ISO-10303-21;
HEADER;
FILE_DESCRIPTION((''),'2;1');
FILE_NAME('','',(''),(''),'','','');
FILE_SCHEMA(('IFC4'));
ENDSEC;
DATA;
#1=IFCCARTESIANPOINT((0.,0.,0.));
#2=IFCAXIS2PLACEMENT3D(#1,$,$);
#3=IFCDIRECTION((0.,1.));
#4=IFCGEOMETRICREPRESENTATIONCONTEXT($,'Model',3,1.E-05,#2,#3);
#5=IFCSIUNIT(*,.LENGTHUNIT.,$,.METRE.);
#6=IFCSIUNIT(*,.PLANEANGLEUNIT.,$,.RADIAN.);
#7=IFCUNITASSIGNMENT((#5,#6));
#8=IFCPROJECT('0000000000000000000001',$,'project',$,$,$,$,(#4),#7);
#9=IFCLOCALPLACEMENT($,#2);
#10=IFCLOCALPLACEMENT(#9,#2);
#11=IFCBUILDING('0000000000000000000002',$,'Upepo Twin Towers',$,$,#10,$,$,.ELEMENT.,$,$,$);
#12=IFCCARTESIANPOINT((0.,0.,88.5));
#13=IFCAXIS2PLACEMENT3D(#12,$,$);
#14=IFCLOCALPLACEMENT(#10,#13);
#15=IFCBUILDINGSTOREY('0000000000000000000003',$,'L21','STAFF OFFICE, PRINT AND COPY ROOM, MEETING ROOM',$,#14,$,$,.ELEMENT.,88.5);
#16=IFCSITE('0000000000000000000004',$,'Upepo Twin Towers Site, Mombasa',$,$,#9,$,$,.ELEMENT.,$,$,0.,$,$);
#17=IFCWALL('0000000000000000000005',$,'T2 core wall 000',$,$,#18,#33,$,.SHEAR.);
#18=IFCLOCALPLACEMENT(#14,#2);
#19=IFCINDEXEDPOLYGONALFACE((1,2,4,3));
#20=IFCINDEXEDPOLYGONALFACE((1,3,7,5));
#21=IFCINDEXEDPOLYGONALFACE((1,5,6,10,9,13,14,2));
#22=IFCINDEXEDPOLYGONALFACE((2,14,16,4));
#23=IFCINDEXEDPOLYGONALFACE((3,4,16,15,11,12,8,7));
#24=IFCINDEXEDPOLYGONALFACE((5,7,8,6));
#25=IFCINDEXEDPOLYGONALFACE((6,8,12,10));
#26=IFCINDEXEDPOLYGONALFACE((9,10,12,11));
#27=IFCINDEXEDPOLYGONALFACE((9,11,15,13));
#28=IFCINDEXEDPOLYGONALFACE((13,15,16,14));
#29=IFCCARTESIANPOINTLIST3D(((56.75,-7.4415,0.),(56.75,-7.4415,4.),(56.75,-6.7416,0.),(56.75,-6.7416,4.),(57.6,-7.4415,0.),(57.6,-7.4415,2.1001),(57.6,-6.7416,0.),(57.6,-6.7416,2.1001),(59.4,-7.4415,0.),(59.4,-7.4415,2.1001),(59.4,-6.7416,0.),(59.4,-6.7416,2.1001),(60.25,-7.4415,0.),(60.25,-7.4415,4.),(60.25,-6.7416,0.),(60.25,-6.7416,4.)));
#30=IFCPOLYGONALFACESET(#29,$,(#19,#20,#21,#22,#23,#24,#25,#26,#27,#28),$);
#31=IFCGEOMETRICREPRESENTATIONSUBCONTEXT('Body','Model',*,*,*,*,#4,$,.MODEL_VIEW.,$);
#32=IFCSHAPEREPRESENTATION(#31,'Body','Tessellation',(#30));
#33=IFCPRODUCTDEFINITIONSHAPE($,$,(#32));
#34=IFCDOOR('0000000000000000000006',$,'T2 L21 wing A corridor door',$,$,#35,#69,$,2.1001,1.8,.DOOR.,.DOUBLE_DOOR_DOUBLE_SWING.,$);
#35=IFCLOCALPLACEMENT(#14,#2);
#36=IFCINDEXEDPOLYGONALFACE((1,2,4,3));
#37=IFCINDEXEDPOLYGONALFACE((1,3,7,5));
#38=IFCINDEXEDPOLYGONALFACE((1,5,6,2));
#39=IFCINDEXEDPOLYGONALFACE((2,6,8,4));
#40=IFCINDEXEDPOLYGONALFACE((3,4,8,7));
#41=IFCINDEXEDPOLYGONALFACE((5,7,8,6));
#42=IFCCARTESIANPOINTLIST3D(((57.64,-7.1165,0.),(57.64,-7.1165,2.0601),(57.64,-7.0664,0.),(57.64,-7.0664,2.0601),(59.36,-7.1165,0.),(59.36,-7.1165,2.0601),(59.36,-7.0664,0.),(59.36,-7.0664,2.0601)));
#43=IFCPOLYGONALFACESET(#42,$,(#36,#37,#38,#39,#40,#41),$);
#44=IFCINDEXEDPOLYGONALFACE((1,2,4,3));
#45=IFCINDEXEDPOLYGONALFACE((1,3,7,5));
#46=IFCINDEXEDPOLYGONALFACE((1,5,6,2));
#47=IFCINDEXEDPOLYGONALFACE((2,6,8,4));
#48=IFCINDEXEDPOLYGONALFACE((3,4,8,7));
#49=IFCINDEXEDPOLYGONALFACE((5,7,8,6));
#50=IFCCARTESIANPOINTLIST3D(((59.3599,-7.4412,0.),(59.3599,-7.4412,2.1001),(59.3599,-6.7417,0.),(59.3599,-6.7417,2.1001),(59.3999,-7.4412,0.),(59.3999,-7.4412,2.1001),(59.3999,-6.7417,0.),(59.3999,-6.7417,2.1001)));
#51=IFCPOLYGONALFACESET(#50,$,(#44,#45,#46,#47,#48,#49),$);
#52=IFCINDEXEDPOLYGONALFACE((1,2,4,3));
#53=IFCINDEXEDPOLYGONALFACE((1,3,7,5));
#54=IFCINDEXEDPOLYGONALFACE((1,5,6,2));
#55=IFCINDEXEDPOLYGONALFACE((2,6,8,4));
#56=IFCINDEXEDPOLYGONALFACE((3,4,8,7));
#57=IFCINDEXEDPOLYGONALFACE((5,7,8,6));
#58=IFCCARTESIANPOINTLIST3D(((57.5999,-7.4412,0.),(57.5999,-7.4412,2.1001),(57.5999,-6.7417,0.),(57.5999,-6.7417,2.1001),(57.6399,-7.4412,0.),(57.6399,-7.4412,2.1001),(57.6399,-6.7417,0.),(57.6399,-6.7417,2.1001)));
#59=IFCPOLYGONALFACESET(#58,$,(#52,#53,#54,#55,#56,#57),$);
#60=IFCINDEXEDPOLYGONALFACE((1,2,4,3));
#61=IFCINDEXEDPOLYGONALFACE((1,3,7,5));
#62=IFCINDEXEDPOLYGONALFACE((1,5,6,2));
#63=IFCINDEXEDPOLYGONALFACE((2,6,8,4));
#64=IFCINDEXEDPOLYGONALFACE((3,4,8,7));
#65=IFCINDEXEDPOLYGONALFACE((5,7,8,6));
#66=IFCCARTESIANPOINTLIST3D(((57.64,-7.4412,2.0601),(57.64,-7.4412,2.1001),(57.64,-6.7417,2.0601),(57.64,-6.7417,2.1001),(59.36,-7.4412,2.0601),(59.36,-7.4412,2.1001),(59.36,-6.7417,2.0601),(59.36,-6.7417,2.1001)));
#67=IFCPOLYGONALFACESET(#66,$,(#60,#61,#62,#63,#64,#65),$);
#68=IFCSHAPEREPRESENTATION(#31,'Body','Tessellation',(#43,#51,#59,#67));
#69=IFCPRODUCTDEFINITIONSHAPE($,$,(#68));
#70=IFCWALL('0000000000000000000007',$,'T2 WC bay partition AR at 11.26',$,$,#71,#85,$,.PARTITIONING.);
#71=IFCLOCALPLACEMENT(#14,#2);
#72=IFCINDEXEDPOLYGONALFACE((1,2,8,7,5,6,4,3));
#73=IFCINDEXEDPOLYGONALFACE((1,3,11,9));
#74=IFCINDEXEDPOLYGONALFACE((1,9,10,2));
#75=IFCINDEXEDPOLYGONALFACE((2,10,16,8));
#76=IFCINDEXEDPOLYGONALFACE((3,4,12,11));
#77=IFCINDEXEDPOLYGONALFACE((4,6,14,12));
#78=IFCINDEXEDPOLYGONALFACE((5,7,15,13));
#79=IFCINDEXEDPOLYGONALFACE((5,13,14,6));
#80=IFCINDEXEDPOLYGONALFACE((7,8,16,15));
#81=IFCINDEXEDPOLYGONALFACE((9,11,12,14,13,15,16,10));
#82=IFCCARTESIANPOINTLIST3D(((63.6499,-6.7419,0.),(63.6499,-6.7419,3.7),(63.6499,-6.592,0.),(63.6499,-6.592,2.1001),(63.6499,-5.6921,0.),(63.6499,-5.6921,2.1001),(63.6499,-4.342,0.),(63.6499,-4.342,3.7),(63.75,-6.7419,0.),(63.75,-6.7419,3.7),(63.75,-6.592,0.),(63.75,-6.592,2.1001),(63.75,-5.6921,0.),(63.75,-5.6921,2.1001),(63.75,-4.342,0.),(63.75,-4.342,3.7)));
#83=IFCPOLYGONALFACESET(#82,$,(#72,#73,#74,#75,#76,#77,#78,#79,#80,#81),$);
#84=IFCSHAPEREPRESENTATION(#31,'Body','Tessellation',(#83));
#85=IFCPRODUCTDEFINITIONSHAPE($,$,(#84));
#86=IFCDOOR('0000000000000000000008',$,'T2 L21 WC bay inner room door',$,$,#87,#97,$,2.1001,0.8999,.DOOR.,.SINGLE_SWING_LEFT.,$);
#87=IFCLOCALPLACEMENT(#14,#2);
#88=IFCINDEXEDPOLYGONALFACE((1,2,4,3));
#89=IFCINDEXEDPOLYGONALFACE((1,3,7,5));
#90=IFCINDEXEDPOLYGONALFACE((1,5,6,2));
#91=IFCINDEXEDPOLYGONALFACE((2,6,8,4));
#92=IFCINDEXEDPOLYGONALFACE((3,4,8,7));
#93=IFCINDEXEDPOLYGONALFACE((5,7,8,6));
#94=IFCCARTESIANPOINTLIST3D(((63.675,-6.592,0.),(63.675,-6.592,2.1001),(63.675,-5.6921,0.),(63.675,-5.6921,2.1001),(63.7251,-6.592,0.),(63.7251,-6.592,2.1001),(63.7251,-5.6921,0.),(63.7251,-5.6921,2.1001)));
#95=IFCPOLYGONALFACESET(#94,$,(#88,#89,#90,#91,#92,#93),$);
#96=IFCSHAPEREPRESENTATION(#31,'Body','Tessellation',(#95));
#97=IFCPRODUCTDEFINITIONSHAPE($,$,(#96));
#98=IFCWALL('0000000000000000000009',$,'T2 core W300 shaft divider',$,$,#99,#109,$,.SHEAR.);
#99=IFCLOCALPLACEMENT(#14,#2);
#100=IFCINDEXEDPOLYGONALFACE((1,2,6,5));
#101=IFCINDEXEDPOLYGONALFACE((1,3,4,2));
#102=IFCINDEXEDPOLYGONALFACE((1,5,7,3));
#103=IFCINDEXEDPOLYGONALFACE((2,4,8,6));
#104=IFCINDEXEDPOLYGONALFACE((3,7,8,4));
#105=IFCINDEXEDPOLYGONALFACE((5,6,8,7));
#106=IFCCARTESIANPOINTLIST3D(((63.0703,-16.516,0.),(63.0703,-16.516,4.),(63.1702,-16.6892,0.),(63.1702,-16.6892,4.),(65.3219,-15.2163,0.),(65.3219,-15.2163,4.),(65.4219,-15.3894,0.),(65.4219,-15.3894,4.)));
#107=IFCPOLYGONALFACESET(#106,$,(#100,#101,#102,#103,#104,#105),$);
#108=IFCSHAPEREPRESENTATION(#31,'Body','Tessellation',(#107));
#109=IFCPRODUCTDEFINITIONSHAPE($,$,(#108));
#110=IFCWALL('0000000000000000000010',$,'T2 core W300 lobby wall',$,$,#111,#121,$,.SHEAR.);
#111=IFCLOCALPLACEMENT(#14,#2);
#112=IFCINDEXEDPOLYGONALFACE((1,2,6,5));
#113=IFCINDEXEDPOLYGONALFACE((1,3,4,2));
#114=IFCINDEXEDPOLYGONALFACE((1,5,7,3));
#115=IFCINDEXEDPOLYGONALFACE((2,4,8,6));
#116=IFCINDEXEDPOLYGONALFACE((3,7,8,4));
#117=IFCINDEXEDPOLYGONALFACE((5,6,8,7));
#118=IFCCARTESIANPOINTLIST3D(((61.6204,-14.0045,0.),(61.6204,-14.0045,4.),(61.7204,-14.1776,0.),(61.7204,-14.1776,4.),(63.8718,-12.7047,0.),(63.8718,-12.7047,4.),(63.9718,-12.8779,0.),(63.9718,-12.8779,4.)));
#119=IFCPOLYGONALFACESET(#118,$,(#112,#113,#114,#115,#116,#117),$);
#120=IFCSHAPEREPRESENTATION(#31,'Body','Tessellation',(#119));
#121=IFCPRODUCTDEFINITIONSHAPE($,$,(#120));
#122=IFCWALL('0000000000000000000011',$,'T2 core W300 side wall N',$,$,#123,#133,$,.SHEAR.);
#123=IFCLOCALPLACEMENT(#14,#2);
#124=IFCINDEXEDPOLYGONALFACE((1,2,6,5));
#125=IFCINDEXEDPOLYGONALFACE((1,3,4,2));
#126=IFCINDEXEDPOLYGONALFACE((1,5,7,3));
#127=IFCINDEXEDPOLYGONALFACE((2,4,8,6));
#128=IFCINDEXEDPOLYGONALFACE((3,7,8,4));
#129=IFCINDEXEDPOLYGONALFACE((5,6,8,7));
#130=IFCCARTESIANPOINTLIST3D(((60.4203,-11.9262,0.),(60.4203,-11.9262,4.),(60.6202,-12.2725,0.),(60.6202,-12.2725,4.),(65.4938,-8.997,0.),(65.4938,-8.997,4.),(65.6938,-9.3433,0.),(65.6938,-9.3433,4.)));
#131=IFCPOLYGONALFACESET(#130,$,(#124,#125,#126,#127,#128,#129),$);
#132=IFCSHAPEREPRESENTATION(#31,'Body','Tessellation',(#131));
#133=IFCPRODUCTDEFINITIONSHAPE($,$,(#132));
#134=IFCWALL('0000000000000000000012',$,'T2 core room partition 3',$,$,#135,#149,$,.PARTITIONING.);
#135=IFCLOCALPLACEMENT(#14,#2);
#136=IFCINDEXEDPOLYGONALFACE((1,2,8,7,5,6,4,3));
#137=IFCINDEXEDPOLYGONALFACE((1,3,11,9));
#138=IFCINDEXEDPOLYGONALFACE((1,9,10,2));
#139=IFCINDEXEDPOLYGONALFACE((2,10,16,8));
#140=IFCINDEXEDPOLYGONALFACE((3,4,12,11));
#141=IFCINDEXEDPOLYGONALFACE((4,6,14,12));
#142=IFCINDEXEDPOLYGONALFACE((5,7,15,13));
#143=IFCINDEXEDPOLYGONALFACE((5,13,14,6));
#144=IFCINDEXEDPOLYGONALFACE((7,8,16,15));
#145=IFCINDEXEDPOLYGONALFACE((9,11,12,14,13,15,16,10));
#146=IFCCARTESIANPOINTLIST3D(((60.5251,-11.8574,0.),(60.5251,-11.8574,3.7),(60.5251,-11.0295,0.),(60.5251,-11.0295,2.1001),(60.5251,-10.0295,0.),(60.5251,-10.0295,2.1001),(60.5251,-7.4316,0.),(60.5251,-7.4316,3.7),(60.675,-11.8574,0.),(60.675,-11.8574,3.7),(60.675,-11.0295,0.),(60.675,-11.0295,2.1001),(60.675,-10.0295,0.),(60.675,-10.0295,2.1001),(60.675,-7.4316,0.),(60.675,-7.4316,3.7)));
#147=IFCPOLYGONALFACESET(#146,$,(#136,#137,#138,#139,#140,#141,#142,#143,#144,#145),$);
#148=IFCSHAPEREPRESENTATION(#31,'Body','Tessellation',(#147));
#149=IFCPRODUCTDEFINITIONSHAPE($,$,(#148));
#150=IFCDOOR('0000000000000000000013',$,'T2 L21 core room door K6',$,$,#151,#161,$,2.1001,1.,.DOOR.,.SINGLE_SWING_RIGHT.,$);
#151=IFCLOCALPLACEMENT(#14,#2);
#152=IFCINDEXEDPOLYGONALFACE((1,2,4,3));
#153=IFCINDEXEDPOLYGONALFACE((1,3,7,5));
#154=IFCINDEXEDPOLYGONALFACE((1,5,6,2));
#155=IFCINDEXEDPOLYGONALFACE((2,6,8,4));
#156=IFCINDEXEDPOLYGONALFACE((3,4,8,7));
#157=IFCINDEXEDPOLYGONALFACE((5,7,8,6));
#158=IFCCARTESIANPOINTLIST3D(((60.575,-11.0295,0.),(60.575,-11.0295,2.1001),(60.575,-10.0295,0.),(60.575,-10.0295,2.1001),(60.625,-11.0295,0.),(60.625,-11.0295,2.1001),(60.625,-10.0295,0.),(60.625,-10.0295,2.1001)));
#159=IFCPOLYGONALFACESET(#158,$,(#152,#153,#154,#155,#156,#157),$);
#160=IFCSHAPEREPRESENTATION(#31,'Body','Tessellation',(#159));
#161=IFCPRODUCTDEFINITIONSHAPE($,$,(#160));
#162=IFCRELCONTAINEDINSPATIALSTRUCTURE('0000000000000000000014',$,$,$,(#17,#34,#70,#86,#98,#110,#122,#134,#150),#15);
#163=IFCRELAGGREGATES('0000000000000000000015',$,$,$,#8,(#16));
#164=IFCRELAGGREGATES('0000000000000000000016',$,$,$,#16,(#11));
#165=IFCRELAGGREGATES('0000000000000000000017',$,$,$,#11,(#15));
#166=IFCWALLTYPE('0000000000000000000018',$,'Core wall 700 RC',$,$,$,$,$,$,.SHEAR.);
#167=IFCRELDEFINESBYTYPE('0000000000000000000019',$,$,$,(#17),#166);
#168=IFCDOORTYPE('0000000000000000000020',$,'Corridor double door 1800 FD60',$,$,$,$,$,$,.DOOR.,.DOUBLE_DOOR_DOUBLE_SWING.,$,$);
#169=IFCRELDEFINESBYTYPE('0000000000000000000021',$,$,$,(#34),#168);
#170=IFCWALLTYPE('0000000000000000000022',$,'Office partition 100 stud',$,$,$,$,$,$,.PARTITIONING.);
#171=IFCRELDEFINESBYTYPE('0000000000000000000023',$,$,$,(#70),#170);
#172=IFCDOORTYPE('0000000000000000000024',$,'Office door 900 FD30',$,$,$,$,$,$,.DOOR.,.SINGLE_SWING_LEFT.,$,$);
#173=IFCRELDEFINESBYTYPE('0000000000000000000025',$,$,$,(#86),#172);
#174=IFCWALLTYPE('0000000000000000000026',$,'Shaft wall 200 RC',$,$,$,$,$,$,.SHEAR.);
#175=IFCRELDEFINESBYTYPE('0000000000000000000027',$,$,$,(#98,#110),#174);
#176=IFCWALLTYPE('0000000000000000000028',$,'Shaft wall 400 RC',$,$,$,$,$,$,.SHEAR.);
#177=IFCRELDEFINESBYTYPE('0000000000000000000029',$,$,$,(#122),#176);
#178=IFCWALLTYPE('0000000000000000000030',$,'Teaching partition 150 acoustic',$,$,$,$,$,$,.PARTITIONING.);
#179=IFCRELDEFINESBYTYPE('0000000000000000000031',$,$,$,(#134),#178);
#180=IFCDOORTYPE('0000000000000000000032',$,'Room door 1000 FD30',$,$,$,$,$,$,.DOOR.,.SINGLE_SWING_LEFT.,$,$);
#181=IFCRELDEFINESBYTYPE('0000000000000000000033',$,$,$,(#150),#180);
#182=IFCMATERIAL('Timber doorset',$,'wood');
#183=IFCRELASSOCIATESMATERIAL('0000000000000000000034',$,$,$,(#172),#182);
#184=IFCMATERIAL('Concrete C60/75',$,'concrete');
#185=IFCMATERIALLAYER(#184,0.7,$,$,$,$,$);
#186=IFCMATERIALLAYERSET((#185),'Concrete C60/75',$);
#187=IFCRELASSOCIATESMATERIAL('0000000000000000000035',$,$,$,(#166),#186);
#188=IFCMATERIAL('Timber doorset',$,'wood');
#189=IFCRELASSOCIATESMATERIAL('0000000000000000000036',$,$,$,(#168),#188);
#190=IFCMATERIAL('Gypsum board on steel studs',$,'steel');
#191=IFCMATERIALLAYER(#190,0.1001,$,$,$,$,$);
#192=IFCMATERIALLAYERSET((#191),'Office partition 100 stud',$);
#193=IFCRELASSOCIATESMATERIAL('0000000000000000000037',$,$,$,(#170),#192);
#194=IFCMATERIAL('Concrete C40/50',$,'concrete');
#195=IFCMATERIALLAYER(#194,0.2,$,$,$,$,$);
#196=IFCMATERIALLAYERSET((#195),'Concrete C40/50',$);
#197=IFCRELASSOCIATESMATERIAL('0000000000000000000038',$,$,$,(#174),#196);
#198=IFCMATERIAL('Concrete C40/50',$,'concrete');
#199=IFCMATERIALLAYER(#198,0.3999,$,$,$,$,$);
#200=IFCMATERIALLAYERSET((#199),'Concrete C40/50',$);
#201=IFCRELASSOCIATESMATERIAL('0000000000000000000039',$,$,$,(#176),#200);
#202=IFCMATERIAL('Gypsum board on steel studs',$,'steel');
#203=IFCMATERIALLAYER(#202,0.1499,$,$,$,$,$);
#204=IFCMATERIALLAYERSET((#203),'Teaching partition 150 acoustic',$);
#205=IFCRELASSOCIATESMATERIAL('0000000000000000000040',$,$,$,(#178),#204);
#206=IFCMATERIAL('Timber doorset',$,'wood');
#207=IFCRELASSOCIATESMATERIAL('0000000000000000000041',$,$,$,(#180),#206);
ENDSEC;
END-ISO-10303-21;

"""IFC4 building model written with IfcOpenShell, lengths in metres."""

from ifc_helpers import new_model, si_unit, direction, frame, frame_2d, origin, place, context, subcontext, project, spatial, rectangle, extrude, material, layer, layer_set, type_object, element, fill, save


model = new_model("IFC4")

# Units and contexts
model_context = context("Model", 3, precision=1e-05, world=origin(), true_north=direction((0.0, 1.0)))
body_context = subcontext(model_context, "Body", "Model", "MODEL_VIEW")
ifc_project = project(units=[si_unit("LENGTHUNIT", "METRE"), si_unit("PLANEANGLEUNIT", "RADIAN")], contexts=[model_context])

# Site, building, storey
site_placement = place(None, origin())
site = spatial("IfcSite", under=ifc_project, at=site_placement, Name="Upepo Twin Towers Site, Mombasa", CompositionType="ELEMENT", RefElevation=0.0)
building_placement = place(site_placement, origin())
building = spatial("IfcBuilding", under=site, at=building_placement, Name="Upepo Twin Towers", CompositionType="ELEMENT")
storey_placement = place(building_placement, frame((0.0, 0.0, 88.5)))
storey = spatial("IfcBuildingStorey", under=building, at=storey_placement, Name="L21", Description="STAFF OFFICE, PRINT AND COPY ROOM, MEETING ROOM", CompositionType="ELEMENT", Elevation=88.5)

# Shared definitions
ifc_material_1 = material(Name="Timber doorset", Category="wood")
door_type_1 = type_object("IfcDoorType", Name="Office door 900 FD30", OperationType="SINGLE_SWING_LEFT", PredefinedType="DOOR", material=ifc_material_1)

# Shared definitions
ifc_material_2 = material(Name="Concrete C60/75", Category="concrete")
ifc_layer_1 = layer(ifc_material_2, 0.7)
ifc_layer_set_1 = layer_set([ifc_layer_1], Name="Concrete C60/75")
wall_type_1 = type_object("IfcWallType", Name="Core wall 700 RC", PredefinedType="SHEAR", material=ifc_layer_set_1)

# Walls, openings, doors
wall_1_placement = place(storey_placement, frame((60.25, -7.0916, 0.0), z_axis=(0.0, 0.0, 1.0), x_axis=(-1.0, 0.0, 0.0)))
wall_1 = element("IfcWall", 1, at=wall_1_placement, inside=storey, type_object=wall_type_1, Name="T2 core wall 000", PredefinedType="SHEAR", context=body_context, shape_type="SweptSolid", body=[
    extrude(rectangle(XDim=3.5, YDim=0.7, at=frame_2d((1.75, 0.0))), origin(), (0.0, 0.0, 1.0), 4.0),
])
opening_1_placement = place(wall_1_placement, frame((0.8501, 0.0, 0.0)))
opening_1 = element("IfcOpeningElement", 2, at=opening_1_placement, cuts=wall_1, PredefinedType="OPENING", context=body_context, shape_type="SweptSolid", body=[
    extrude(rectangle(XDim=1.8, YDim=2.1001, at=frame_2d((0.8999, 1.05))), frame((0.0, 0.3599, 0.0), z_axis=(0.0, -1.0, 0.0), x_axis=(1.0, 0.0, 0.0)), (0.0, 0.0, 1.0), 0.72),
])
ifc_material_3 = material(Name="Timber doorset", Category="wood")
door_type_2 = type_object("IfcDoorType", Name="Corridor double door 1800 FD60", OperationType="DOUBLE_DOOR_DOUBLE_SWING", PredefinedType="DOOR", material=ifc_material_3)
door_1_placement = place(opening_1_placement, origin())
door_1 = element("IfcDoor", 3, at=door_1_placement, inside=storey, type_object=door_type_2, Name="T2 L21 wing A corridor door", OperationType="DOUBLE_DOOR_DOUBLE_SWING", OverallHeight=2.1001, OverallWidth=1.8, PredefinedType="DOOR", context=body_context, shape_type="SweptSolid", body=[
    extrude(rectangle(XDim=1.72, YDim=2.0601, at=frame_2d((0.8999, 1.03))), frame((0.0, 0.0249, 0.0), z_axis=(0.0, -1.0, 0.0), x_axis=(1.0, 0.0, 0.0)), (0.0, 0.0, 1.0), 0.05),
    extrude(rectangle(XDim=0.04, YDim=2.1001, at=frame_2d((0.02, 1.05))), frame((0.0, 0.3496, 0.0), z_axis=(0.0, -1.0, 0.0), x_axis=(1.0, 0.0, 0.0)), (0.0, 0.0, 1.0), 0.6995),
    extrude(rectangle(XDim=0.04, YDim=2.1001, at=frame_2d((1.78, 1.05))), frame((0.0, 0.3496, 0.0), z_axis=(0.0, -1.0, 0.0), x_axis=(1.0, 0.0, 0.0)), (0.0, 0.0, 1.0), 0.6995),
    extrude(rectangle(XDim=1.72, YDim=0.04, at=frame_2d((0.8999, 2.0801))), frame((0.0, 0.3496, 0.0), z_axis=(0.0, -1.0, 0.0), x_axis=(1.0, 0.0, 0.0)), (0.0, 0.0, 1.0), 0.6995),
])
fill(opening_1, door_1)
ifc_material_4 = material(Name="Gypsum board on steel studs", Category="steel")
ifc_layer_2 = layer(ifc_material_4, 0.1001)
ifc_layer_set_2 = layer_set([ifc_layer_2], Name="Office partition 100 stud")
wall_type_2 = type_object("IfcWallType", Name="Office partition 100 stud", PredefinedType="PARTITIONING", material=ifc_layer_set_2)
wall_2_placement = place(storey_placement, frame((63.7, -6.7419, 0.0), z_axis=(0.0, 0.0, 1.0), x_axis=(0.0, 1.0, 0.0)))
wall_2 = element("IfcWall", 4, at=wall_2_placement, inside=storey, type_object=wall_type_2, Name="T2 WC bay partition AR at 11.26", PredefinedType="PARTITIONING", context=body_context, shape_type="SweptSolid", body=[
    extrude(rectangle(XDim=2.3999, YDim=0.1001, at=frame_2d((1.2, 0.0))), origin(), (0.0, 0.0, 1.0), 3.7),
])
opening_2_placement = place(wall_2_placement, frame((0.1499, 0.0, 0.0)))
opening_2 = element("IfcOpeningElement", 5, at=opening_2_placement, cuts=wall_2, PredefinedType="OPENING", context=body_context, shape_type="SweptSolid", body=[
    extrude(rectangle(XDim=0.8999, YDim=2.1001, at=frame_2d((0.45, 1.05))), frame((0.0, 0.0601, 0.0), z_axis=(0.0, -1.0, 0.0), x_axis=(1.0, 0.0, 0.0)), (0.0, 0.0, 1.0), 0.1201),
])
door_2_placement = place(opening_2_placement, origin())
door_2 = element("IfcDoor", 6, at=door_2_placement, inside=storey, type_object=door_type_1, Name="T2 L21 WC bay inner room door", OperationType="SINGLE_SWING_LEFT", OverallHeight=2.1001, OverallWidth=0.8999, PredefinedType="DOOR", context=body_context, shape_type="SweptSolid", body=[
    extrude(rectangle(XDim=0.8999, YDim=2.1001, at=frame_2d((0.45, 1.05))), frame((0.0, 0.0249, 0.0), z_axis=(0.0, -1.0, 0.0), x_axis=(1.0, 0.0, 0.0)), (0.0, 0.0, 1.0), 0.05),
])
fill(opening_2, door_2)

# Walls
ifc_material_5 = material(Name="Concrete C40/50", Category="concrete")
ifc_layer_3 = layer(ifc_material_5, 0.2)
ifc_layer_set_3 = layer_set([ifc_layer_3], Name="Concrete C40/50")
wall_type_3 = type_object("IfcWallType", Name="Shaft wall 200 RC", PredefinedType="SHEAR", material=ifc_layer_set_3)
wall_3_placement = place(storey_placement, frame((63.1204, -16.6025, 0.0), z_axis=(0.0, 0.0, 1.0), x_axis=(0.866062, 0.499937, 0.0)))
element("IfcWall", 7, at=wall_3_placement, inside=storey, type_object=wall_type_3, Name="T2 core W300 shaft divider", PredefinedType="SHEAR", context=body_context, shape_type="SweptSolid", body=[
    extrude(rectangle(XDim=2.5999, YDim=0.2, at=frame_2d((1.2998, 0.0))), origin(), (0.0, 0.0, 1.0), 4.0),
])
wall_4_placement = place(storey_placement, frame((61.6704, -14.0911, 0.0), z_axis=(0.0, 0.0, 1.0), x_axis=(0.866039, 0.499977, 0.0)))
element("IfcWall", 8, at=wall_4_placement, inside=storey, type_object=wall_type_3, Name="T2 core W300 lobby wall", PredefinedType="SHEAR", context=body_context, shape_type="SweptSolid", body=[
    extrude(rectangle(XDim=2.5996, YDim=0.2, at=frame_2d((1.2998, 0.0))), origin(), (0.0, 0.0, 1.0), 4.0),
])
ifc_material_6 = material(Name="Concrete C40/50", Category="concrete")
ifc_layer_4 = layer(ifc_material_6, 0.3999)
ifc_layer_set_4 = layer_set([ifc_layer_4], Name="Concrete C40/50")
wall_type_4 = type_object("IfcWallType", Name="Shaft wall 400 RC", PredefinedType="SHEAR", material=ifc_layer_set_4)
wall_5_placement = place(storey_placement, frame((60.5203, -12.0994, 0.0), z_axis=(0.0, 0.0, 1.0), x_axis=(0.866024, 0.500003, 0.0)))
element("IfcWall", 9, at=wall_5_placement, inside=storey, type_object=wall_type_4, Name="T2 core W300 side wall N", PredefinedType="SHEAR", context=body_context, shape_type="SweptSolid", body=[
    extrude(rectangle(XDim=5.8584, YDim=0.3999, at=frame_2d((2.9292, 0.0))), origin(), (0.0, 0.0, 1.0), 4.0),
])

# Wall, opening, door
ifc_material_7 = material(Name="Gypsum board on steel studs", Category="steel")
ifc_layer_5 = layer(ifc_material_7, 0.1499)
ifc_layer_set_5 = layer_set([ifc_layer_5], Name="Teaching partition 150 acoustic")
wall_type_5 = type_object("IfcWallType", Name="Teaching partition 150 acoustic", PredefinedType="PARTITIONING", material=ifc_layer_set_5)
wall_6_placement = place(storey_placement, frame((60.6001, -7.4316, 0.0), z_axis=(0.0, 0.0, 1.0), x_axis=(0.0, -1.0, 0.0)))
wall_6 = element("IfcWall", 10, at=wall_6_placement, inside=storey, type_object=wall_type_5, Name="T2 core room partition 3", PredefinedType="PARTITIONING", context=body_context, shape_type="SweptSolid", body=[
    extrude(rectangle(XDim=4.4258, YDim=0.1499, at=frame_2d((2.2129, 0.0))), origin(), (0.0, 0.0, 1.0), 3.7),
])
opening_3_placement = place(wall_6_placement, frame((2.5979, 0.0, 0.0)))
opening_3 = element("IfcOpeningElement", 11, at=opening_3_placement, cuts=wall_6, PredefinedType="OPENING", context=body_context, shape_type="SweptSolid", body=[
    extrude(rectangle(XDim=1.0, YDim=2.1001, at=frame_2d((0.5, 1.05))), frame((0.0, 0.085, 0.0), z_axis=(0.0, -1.0, 0.0), x_axis=(1.0, 0.0, 0.0)), (0.0, 0.0, 1.0), 0.1699),
])
ifc_material_8 = material(Name="Timber doorset", Category="wood")
door_type_3 = type_object("IfcDoorType", Name="Room door 1000 FD30", OperationType="SINGLE_SWING_LEFT", PredefinedType="DOOR", material=ifc_material_8)
door_3_placement = place(opening_3_placement, origin())
door_3 = element("IfcDoor", 12, at=door_3_placement, inside=storey, type_object=door_type_3, Name="T2 L21 core room door K6", OperationType="SINGLE_SWING_RIGHT", OverallHeight=2.1001, OverallWidth=1.0, PredefinedType="DOOR", context=body_context, shape_type="SweptSolid", body=[
    extrude(rectangle(XDim=1.0, YDim=2.1001, at=frame_2d((0.5, 1.05))), frame((0.0, 0.0249, 0.0), z_axis=(0.0, -1.0, 0.0), x_axis=(1.0, 0.0, 0.0)), (0.0, 0.0, 1.0), 0.05),
])
fill(opening_3, door_3)

save(model, "model.ifc")
